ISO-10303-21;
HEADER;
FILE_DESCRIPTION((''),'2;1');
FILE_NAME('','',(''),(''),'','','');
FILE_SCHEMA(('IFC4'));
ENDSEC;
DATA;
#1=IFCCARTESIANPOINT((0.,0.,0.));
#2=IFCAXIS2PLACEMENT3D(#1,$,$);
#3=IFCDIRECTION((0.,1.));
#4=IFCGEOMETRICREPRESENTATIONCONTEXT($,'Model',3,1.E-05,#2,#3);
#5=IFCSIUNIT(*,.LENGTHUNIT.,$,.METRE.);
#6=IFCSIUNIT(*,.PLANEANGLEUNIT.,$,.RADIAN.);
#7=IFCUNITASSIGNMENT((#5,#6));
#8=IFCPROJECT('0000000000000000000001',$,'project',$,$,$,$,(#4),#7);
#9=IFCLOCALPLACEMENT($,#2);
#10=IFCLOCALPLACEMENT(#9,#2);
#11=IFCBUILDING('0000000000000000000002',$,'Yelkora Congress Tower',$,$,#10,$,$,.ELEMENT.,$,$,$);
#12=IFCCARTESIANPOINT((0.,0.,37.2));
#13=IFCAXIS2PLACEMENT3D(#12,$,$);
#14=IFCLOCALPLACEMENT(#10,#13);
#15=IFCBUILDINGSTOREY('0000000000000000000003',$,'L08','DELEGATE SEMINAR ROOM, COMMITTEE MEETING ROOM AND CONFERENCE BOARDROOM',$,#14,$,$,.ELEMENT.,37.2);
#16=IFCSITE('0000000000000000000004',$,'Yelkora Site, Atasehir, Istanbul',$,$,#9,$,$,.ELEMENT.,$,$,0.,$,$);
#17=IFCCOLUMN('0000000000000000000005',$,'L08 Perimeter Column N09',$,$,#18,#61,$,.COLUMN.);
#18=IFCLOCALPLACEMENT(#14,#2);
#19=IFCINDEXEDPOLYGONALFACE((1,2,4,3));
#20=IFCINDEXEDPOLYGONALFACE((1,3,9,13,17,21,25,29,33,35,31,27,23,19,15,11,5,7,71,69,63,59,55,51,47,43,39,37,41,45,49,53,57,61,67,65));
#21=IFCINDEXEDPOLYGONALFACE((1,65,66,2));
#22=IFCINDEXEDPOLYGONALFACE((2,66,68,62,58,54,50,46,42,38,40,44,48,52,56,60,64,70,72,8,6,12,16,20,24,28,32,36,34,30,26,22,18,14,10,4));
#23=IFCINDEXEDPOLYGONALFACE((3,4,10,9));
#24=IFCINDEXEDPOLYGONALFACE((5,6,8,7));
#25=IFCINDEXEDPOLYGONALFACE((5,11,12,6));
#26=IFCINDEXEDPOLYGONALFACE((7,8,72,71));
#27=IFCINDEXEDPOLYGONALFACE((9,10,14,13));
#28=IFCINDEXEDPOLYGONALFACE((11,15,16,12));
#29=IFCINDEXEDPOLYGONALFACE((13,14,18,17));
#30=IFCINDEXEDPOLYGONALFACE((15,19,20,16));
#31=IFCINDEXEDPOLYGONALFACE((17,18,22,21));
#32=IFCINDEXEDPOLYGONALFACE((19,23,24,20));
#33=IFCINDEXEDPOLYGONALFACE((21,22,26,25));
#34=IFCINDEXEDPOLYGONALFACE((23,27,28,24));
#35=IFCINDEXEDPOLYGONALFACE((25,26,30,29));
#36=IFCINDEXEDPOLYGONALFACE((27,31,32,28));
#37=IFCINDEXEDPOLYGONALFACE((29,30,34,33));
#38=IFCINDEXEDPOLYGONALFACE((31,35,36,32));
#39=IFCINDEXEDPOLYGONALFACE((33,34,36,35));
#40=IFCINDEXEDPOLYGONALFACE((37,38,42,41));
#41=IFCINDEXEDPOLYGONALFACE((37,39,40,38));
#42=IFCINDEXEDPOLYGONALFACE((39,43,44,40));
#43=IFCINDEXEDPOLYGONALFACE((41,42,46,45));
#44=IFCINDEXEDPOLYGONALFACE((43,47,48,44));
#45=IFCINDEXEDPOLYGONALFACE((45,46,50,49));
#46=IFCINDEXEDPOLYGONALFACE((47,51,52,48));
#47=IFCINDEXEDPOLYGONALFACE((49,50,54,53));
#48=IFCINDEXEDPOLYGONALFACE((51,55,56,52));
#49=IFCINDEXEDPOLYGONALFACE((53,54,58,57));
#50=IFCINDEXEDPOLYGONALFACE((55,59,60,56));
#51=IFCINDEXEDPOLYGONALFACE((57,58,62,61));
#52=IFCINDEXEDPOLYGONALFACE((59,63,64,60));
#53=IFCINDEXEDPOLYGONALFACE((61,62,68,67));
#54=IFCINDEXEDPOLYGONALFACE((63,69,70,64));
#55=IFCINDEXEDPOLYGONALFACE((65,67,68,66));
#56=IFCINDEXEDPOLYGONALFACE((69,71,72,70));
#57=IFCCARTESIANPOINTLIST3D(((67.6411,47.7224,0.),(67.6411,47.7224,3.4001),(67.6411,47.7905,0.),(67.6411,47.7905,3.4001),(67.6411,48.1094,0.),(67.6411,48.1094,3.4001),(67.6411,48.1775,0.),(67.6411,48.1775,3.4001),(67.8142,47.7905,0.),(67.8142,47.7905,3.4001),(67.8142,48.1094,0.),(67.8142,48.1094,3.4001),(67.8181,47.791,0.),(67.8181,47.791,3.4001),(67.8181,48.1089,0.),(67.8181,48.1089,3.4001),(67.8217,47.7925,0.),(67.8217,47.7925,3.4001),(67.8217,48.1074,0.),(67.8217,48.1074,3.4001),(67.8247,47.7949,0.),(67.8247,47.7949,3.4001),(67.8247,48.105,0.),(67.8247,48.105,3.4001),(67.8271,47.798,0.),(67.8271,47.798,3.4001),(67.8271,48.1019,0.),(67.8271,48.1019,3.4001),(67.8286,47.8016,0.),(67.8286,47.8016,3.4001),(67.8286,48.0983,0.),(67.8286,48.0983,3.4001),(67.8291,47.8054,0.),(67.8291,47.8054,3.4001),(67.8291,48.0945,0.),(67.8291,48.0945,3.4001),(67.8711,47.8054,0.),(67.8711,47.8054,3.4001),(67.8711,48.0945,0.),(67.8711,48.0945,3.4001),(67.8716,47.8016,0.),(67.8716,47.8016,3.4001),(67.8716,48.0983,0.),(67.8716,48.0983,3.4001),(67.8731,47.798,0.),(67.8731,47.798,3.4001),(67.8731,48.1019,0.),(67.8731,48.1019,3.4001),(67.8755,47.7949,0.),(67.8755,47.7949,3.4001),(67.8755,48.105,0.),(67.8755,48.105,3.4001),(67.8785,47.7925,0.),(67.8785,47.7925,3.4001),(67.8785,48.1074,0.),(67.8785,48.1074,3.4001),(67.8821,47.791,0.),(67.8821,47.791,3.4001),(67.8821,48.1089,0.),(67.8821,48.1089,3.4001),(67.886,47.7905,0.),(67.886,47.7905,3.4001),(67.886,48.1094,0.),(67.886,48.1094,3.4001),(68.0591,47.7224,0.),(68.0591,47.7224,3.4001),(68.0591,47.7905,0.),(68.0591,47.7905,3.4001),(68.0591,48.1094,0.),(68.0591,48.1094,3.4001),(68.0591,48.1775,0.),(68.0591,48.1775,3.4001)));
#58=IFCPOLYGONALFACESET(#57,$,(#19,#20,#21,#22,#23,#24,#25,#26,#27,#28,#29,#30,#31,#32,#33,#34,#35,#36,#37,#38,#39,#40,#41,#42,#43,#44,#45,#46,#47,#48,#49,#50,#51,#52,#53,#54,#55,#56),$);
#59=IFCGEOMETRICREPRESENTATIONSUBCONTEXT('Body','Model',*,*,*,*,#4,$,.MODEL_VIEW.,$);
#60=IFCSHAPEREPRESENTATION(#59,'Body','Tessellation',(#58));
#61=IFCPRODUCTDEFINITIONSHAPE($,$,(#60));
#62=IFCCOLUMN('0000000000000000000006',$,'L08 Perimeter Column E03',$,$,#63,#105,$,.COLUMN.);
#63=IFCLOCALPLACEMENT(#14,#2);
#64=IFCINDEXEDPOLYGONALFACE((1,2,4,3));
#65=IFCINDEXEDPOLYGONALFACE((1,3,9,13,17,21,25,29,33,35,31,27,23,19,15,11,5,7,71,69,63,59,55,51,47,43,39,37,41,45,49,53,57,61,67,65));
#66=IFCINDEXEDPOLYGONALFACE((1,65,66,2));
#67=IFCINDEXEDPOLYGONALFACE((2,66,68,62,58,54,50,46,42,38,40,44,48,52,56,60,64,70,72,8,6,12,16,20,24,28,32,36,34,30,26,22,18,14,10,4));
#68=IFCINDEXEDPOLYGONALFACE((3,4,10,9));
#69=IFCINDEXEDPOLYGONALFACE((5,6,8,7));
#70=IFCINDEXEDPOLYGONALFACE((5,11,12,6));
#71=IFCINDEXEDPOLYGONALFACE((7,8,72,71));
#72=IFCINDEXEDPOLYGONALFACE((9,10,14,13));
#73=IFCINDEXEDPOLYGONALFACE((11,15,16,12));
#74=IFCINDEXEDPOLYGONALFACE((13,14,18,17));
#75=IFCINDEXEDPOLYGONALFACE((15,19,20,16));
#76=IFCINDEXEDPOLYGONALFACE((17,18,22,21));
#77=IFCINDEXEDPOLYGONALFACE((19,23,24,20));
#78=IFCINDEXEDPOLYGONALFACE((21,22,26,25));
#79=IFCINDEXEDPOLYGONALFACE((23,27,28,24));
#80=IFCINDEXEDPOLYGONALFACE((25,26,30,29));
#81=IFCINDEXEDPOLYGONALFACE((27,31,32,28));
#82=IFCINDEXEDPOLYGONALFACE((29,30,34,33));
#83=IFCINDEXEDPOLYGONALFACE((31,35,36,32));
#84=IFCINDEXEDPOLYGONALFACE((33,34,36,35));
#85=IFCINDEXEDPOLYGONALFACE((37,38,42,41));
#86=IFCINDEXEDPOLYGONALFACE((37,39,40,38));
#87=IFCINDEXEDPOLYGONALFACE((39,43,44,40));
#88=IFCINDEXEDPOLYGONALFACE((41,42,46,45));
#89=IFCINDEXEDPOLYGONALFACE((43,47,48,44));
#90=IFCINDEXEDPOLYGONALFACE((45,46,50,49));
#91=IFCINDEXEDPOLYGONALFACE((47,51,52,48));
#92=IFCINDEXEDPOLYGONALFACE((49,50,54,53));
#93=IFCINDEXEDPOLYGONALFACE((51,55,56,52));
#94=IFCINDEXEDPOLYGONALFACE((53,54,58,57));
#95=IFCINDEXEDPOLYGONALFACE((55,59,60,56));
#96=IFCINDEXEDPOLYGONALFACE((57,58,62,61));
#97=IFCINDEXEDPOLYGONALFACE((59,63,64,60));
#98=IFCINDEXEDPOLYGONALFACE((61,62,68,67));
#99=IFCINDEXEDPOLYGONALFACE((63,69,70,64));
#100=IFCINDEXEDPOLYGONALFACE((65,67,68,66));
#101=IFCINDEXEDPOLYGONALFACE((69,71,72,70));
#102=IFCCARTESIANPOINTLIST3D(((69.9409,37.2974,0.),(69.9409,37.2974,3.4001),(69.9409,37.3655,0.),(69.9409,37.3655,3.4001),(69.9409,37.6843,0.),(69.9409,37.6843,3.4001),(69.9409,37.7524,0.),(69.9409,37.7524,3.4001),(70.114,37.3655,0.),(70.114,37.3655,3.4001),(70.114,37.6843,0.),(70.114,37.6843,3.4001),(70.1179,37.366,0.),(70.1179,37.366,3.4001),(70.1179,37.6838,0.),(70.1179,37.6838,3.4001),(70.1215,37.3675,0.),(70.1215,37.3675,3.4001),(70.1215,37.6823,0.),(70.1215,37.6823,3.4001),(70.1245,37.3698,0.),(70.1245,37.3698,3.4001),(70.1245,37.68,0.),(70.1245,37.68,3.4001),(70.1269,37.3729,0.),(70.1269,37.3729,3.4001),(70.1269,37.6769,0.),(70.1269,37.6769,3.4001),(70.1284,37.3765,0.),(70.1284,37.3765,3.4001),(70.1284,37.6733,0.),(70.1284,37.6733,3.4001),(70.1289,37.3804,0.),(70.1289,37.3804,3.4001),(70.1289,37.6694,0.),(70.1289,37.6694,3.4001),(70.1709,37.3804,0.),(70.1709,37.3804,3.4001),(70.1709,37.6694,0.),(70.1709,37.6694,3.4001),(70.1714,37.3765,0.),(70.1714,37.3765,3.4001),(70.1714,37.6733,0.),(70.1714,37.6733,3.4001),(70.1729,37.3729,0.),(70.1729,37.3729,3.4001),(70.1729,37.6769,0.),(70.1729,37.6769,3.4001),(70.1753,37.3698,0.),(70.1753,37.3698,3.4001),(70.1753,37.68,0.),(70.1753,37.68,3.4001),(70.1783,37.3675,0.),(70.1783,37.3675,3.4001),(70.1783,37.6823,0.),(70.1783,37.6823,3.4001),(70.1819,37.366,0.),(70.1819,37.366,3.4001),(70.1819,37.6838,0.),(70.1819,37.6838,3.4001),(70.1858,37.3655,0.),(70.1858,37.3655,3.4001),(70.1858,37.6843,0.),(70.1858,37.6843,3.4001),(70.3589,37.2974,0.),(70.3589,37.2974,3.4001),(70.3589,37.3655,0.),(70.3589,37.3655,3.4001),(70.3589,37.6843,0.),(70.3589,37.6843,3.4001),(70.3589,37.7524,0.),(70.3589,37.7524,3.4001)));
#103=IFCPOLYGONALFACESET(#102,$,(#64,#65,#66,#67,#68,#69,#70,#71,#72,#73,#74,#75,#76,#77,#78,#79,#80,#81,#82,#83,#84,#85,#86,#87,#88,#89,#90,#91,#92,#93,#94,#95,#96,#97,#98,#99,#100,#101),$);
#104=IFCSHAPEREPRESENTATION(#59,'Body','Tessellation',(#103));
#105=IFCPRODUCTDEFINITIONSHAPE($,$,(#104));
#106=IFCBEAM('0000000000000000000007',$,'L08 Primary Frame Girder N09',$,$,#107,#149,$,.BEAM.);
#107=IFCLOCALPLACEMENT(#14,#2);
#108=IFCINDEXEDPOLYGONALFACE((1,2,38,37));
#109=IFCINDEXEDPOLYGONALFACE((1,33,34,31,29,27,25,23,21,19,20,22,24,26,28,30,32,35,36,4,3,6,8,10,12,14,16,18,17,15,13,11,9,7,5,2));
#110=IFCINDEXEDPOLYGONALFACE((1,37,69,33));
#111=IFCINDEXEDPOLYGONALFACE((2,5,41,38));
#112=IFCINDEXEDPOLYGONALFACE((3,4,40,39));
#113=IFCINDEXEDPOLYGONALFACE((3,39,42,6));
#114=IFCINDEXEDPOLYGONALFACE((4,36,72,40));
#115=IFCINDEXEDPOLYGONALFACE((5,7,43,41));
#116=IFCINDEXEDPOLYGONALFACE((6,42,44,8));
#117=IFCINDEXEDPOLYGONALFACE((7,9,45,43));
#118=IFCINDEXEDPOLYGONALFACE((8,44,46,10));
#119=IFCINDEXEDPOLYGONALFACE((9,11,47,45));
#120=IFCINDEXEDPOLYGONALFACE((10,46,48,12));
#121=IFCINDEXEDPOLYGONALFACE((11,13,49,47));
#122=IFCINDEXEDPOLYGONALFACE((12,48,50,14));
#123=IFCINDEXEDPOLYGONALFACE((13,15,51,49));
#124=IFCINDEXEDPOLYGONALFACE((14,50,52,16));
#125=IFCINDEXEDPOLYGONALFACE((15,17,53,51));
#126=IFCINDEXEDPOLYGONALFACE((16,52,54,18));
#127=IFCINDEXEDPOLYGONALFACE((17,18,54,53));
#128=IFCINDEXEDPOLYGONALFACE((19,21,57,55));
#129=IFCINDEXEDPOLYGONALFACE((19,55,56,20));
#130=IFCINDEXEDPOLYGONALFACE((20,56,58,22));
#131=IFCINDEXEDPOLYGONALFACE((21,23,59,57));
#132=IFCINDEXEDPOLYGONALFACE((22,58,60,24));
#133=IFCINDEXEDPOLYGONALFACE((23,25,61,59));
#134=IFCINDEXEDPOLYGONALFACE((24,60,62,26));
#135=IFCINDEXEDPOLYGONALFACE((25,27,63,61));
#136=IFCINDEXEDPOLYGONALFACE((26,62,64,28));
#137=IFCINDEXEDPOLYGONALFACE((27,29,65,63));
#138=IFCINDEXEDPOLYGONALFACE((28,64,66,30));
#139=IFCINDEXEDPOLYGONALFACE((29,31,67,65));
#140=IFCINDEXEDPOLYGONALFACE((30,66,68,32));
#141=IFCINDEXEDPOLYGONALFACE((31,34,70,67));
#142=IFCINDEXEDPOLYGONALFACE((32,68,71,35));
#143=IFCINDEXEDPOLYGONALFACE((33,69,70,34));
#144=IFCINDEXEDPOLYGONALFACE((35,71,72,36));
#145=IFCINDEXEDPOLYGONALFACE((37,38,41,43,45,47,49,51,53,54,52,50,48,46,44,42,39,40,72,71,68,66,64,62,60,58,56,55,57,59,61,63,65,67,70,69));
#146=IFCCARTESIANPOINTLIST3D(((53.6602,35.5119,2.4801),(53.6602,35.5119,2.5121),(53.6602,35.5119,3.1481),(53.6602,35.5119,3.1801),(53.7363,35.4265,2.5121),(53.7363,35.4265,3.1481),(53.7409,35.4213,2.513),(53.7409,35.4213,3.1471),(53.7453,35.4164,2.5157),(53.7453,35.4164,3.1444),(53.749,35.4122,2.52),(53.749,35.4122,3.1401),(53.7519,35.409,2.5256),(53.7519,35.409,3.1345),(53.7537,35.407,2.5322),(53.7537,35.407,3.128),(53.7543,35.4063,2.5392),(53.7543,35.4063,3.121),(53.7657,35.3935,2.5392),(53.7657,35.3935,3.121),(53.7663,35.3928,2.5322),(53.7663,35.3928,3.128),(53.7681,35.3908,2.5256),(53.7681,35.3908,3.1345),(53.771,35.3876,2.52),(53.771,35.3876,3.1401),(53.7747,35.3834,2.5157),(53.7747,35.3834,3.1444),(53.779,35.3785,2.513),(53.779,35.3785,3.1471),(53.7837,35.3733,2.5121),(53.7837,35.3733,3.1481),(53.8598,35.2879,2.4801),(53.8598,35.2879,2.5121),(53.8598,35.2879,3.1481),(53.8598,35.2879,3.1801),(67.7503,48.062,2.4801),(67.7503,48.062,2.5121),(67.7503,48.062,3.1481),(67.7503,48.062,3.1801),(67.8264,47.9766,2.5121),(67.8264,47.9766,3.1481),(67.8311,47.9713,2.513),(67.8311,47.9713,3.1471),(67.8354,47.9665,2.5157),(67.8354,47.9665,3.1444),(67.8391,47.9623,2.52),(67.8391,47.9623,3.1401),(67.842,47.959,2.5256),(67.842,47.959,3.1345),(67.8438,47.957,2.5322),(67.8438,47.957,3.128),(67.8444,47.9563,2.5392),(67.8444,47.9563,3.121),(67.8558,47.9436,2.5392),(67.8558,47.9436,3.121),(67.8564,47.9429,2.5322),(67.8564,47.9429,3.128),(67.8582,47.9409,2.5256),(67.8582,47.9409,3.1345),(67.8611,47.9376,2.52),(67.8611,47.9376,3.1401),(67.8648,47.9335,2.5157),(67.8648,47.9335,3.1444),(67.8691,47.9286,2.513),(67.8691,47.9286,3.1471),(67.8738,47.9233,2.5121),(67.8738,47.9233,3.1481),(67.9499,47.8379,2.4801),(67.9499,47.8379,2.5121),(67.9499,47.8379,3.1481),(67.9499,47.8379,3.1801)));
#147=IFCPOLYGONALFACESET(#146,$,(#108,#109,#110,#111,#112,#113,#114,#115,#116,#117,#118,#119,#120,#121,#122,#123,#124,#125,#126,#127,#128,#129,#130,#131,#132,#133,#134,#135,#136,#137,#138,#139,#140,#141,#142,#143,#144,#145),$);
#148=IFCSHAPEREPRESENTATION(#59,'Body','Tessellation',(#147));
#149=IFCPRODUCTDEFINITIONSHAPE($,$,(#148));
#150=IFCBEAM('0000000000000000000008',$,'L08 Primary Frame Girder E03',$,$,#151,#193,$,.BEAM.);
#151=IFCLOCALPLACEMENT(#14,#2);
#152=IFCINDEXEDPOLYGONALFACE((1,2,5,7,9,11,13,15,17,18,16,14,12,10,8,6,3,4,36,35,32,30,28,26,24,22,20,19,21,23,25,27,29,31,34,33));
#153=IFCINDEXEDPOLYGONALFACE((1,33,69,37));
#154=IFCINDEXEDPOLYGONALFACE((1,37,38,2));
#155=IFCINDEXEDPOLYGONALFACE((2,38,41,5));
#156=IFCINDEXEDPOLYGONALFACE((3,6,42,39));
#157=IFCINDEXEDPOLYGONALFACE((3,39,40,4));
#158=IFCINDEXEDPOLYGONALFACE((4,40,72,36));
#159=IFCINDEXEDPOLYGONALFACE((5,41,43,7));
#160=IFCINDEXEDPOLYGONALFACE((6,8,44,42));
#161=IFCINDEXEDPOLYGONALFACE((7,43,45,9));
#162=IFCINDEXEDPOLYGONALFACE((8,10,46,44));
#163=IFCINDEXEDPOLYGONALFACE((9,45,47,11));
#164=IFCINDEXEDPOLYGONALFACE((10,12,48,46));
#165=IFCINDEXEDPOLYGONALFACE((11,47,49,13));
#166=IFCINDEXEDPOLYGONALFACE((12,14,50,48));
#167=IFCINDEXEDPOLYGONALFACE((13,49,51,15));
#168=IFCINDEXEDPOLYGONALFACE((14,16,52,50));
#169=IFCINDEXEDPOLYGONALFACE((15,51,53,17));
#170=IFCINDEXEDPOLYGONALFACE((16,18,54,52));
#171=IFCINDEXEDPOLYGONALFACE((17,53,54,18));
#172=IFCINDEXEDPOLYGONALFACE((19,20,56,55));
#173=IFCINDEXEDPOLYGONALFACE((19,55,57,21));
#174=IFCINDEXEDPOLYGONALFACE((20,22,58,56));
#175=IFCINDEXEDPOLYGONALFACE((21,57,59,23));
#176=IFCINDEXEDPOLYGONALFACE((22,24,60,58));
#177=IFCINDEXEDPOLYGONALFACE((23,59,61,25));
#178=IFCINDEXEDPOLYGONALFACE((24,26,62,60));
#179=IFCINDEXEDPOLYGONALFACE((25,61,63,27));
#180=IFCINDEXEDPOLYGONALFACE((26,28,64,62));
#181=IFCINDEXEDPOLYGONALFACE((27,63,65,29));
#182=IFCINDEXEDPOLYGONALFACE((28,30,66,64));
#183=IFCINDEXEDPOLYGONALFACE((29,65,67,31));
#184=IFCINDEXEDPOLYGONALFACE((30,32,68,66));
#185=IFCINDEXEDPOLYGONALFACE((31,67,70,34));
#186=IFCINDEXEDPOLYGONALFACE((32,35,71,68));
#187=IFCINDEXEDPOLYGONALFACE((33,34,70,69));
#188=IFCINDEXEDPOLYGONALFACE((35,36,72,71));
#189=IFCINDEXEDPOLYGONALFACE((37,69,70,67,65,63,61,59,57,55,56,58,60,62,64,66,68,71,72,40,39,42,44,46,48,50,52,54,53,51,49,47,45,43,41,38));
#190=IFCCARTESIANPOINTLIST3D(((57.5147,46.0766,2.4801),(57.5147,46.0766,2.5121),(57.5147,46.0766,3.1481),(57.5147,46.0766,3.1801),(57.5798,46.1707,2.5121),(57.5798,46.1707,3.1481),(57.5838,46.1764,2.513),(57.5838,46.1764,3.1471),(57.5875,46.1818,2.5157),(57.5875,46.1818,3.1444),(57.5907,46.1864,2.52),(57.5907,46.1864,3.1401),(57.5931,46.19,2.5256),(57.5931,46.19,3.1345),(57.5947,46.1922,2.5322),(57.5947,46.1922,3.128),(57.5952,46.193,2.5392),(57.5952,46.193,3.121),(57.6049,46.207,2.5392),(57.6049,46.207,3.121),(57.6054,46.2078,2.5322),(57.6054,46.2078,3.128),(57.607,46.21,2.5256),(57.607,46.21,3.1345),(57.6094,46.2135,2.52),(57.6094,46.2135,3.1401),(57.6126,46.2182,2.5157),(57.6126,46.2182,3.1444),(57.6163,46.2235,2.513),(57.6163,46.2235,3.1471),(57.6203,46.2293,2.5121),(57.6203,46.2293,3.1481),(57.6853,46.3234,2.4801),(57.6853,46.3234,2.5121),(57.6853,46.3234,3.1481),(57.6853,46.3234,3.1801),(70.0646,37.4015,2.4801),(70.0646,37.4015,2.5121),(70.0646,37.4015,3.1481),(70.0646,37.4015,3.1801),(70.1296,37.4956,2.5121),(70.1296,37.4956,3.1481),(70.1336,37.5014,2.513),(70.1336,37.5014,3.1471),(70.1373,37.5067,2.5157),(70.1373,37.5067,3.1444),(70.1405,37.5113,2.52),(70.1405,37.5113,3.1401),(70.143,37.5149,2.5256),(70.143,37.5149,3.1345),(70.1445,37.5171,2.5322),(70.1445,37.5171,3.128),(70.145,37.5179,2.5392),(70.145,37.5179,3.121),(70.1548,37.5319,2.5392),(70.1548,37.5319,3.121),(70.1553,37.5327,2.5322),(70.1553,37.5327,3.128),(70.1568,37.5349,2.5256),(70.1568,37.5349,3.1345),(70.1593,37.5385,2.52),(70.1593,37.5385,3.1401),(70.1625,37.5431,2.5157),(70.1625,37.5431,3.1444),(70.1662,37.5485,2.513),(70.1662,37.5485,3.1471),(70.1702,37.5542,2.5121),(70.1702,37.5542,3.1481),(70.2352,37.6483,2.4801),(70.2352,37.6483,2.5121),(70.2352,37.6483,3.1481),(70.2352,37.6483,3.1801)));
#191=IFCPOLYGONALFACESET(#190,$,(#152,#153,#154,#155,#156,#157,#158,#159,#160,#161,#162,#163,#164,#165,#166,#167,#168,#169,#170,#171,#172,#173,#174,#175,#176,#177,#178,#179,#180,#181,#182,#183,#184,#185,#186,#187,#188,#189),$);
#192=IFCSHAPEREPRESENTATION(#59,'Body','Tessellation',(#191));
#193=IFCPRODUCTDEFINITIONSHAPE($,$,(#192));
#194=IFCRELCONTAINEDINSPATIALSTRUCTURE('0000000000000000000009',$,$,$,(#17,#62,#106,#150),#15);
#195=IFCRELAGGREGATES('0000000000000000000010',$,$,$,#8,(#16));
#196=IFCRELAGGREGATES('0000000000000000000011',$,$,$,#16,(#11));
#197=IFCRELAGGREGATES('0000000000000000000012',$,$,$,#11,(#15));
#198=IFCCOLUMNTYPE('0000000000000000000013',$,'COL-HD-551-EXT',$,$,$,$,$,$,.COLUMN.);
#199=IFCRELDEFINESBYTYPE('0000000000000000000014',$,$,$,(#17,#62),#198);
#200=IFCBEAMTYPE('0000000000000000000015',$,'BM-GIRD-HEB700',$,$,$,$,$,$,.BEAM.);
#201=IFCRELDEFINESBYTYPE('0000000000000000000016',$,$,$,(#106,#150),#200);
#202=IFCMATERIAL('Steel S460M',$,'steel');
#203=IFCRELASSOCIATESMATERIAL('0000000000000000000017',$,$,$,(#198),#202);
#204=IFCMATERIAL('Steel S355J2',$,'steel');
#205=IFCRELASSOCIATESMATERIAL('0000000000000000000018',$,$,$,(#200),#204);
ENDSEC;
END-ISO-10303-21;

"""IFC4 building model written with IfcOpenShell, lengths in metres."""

from ifc_helpers import new_model, si_unit, direction, frame, origin, origin_2d, place, context, subcontext, project, spatial, i_section, extrude, material, material_profile, profile_set, type_object, element, save


model = new_model("IFC4")

# Units and contexts
model_context = context("Model", 3, precision=1e-05, world=origin(), true_north=direction((0.0, 1.0)))
body_context = subcontext(model_context, "Body", "Model", "MODEL_VIEW")
ifc_project = project(units=[si_unit("LENGTHUNIT", "METRE"), si_unit("PLANEANGLEUNIT", "RADIAN")], contexts=[model_context])

# Site, building, storey
site_placement = place(None, origin())
site = spatial("IfcSite", under=ifc_project, at=site_placement, Name="Yelkora Site, Atasehir, Istanbul", CompositionType="ELEMENT", RefElevation=0.0)
building_placement = place(site_placement, origin())
building = spatial("IfcBuilding", under=site, at=building_placement, Name="Yelkora Congress Tower", CompositionType="ELEMENT")
storey_placement = place(building_placement, frame((0.0, 0.0, 37.2)))
storey = spatial("IfcBuildingStorey", under=building, at=storey_placement, Name="L08", Description="DELEGATE SEMINAR ROOM, COMMITTEE MEETING ROOM AND CONFERENCE BOARDROOM", CompositionType="ELEMENT", Elevation=37.2)

# Columns
ifc_material_1 = material(Name="Steel S460M", Category="steel")
ifc_material_profile_1 = material_profile(ifc_material_1, i_section(OverallWidth=0.418, OverallDepth=0.4551, WebThickness=0.042, FlangeThickness=0.0681, FilletRadius=0.0149, at=origin_2d()), Name="HD 400x551")
ifc_profile_set_1 = profile_set([ifc_material_profile_1], Name="Steel S460M")
column_type = type_object("IfcColumnType", Name="COL-HD-551-EXT", PredefinedType="COLUMN", material=ifc_profile_set_1)
for number, where, z_axis, x_axis, name in (
    (1, (67.8501, 47.95, 0.0), (0.0, 0.0, 1.0), (1.0, 0.0, 0.0), "L08 Perimeter Column N09"),
    (2, (70.1499, 37.5249, 0.0), (0.0, 0.0, 1.0), (1.0, 0.0, 0.0), "L08 Perimeter Column E03"),
):
    element("IfcColumn", number, at=place(storey_placement, frame(where, z_axis=z_axis, x_axis=x_axis)), inside=storey, type_object=column_type, Name=name, PredefinedType="COLUMN", context=body_context, shape_type="SweptSolid", body=[
        extrude(i_section(OverallWidth=0.418, OverallDepth=0.4551, WebThickness=0.042, FlangeThickness=0.0681, FilletRadius=0.0149, at=origin_2d()), origin(), (0.0, 0.0, 1.0), 3.4001),
    ])

# Beams
ifc_material_2 = material(Name="Steel S355J2", Category="steel")
ifc_material_profile_2 = material_profile(ifc_material_2, i_section(OverallWidth=0.3, OverallDepth=0.7, WebThickness=0.0171, FlangeThickness=0.032, FilletRadius=0.0271, at=origin_2d()), Name="HEB 700")
ifc_profile_set_2 = profile_set([ifc_material_profile_2], Name="Steel S355J2")
beam_type_1 = type_object("IfcBeamType", Name="BM-GIRD-HEB700", PredefinedType="BEAM", material=ifc_profile_set_2)
beam_1_placement = place(storey_placement, frame((67.8501, 47.95, 2.8301), z_axis=(-0.746737, -0.665119, 0.0), x_axis=(0.665119, -0.746737, 0.0)))
element("IfcBeam", 3, at=beam_1_placement, inside=storey, type_object=beam_type_1, Name="L08 Primary Frame Girder N09", PredefinedType="BEAM", context=body_context, shape_type="SweptSolid", body=[
    extrude(i_section(OverallWidth=0.3, OverallDepth=0.7, WebThickness=0.0171, FlangeThickness=0.032, FilletRadius=0.0271, at=origin_2d()), origin(), (0.0, 0.0, 1.0), 18.8689),
])
beam_2_placement = place(storey_placement, frame((70.1499, 37.5249, 2.8301), z_axis=(-0.822599, 0.568622, 0.0), x_axis=(-0.568622, -0.822599, 0.0)))
element("IfcBeam", 4, at=beam_2_placement, inside=storey, type_object=beam_type_1, Name="L08 Primary Frame Girder E03", PredefinedType="BEAM", context=body_context, shape_type="SweptSolid", body=[
    extrude(i_section(OverallWidth=0.3, OverallDepth=0.7, WebThickness=0.0171, FlangeThickness=0.032, FilletRadius=0.0271, at=origin_2d()), origin(), (0.0, 0.0, 1.0), 15.2563),
])

save(model, "model.ifc")
